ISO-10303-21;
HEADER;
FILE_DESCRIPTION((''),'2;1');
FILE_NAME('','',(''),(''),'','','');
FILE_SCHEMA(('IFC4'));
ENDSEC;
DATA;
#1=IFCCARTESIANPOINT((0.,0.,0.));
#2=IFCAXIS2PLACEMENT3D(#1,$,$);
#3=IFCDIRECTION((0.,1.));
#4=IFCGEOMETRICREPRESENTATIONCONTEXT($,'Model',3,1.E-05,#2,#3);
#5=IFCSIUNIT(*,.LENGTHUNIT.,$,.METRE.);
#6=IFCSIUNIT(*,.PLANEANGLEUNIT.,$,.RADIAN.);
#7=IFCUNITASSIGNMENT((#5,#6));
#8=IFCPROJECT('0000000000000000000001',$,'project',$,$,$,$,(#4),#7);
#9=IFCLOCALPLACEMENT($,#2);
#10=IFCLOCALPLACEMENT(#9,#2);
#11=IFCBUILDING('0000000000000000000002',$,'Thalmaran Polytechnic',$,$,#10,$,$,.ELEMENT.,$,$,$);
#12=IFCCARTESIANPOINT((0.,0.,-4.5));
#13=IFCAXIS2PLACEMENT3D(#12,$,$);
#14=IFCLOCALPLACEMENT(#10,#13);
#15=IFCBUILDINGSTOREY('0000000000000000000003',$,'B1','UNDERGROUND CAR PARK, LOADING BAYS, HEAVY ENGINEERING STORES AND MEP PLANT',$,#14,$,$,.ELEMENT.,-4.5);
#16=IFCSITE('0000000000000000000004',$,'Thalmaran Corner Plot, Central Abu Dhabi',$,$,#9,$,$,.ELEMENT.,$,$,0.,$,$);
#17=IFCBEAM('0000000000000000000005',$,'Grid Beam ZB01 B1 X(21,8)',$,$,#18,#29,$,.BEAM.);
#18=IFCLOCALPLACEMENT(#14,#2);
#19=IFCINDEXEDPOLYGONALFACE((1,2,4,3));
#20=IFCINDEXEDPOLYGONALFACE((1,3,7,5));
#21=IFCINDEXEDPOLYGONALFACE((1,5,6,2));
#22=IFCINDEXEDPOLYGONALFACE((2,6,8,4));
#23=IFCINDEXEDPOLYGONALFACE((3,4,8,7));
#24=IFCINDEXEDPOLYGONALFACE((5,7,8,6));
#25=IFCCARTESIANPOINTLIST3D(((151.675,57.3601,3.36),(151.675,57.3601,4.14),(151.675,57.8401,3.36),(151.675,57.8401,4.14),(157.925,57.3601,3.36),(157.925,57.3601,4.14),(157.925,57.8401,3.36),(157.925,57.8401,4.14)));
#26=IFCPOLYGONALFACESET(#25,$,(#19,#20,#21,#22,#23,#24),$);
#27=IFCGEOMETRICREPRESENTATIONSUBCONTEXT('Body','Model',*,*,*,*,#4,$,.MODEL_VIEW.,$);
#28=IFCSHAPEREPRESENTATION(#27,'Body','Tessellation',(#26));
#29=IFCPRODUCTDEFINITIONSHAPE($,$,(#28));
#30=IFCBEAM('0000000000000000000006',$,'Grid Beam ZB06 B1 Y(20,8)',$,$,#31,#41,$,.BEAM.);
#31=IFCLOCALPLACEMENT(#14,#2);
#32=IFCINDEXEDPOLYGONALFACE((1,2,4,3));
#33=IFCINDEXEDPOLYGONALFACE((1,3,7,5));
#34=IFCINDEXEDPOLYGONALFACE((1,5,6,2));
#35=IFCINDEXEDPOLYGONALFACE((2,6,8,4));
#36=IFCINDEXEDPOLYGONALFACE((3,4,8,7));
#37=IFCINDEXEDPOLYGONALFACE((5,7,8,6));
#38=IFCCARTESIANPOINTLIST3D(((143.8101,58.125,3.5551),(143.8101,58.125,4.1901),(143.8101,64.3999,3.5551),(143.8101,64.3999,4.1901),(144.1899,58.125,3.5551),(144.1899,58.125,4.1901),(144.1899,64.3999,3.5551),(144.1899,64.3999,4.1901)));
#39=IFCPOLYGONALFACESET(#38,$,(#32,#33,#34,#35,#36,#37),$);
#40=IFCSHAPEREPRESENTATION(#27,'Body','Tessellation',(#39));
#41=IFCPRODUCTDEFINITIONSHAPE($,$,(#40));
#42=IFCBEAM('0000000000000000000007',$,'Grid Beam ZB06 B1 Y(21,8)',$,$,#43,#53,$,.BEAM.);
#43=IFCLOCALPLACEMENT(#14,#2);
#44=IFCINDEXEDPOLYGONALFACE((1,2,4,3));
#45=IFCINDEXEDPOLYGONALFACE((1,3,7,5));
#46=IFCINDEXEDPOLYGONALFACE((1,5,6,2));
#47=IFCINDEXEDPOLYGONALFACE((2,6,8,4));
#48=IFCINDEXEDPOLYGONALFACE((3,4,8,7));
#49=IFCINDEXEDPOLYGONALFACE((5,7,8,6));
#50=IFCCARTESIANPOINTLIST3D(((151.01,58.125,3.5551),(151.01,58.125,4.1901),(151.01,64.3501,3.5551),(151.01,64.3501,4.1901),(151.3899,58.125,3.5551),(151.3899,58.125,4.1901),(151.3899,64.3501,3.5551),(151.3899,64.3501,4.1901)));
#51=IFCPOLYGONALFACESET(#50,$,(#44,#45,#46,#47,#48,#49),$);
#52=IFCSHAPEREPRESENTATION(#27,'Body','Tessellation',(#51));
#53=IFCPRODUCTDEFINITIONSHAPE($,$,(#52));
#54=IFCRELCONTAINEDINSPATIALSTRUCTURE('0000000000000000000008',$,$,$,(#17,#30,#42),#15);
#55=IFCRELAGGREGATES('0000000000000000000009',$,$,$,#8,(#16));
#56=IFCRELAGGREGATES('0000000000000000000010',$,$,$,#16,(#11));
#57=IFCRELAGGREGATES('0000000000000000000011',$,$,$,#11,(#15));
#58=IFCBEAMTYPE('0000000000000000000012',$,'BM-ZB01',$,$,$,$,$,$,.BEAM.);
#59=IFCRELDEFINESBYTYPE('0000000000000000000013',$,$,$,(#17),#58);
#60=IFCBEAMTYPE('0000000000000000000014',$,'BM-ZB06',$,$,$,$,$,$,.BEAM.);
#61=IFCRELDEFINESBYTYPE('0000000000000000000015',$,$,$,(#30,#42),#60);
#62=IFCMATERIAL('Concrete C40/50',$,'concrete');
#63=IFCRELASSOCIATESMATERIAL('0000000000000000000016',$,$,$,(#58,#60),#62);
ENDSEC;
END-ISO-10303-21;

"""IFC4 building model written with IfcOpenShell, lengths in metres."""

from ifc_helpers import new_model, si_unit, direction, frame, origin, origin_2d, place, context, subcontext, project, spatial, rectangle, extrude, material, material_profile, profile_set, type_object, element, save


model = new_model("IFC4")

# Units and contexts
model_context = context("Model", 3, precision=1e-05, world=origin(), true_north=direction((0.0, 1.0)))
body_context = subcontext(model_context, "Body", "Model", "MODEL_VIEW")
ifc_project = project(units=[si_unit("LENGTHUNIT", "METRE"), si_unit("PLANEANGLEUNIT", "RADIAN")], contexts=[model_context])

# Site, building, storey
site_placement = place(None, origin())
site = spatial("IfcSite", under=ifc_project, at=site_placement, Name="Thalmaran Corner Plot, Central Abu Dhabi", CompositionType="ELEMENT", RefElevation=0.0)
building_placement = place(site_placement, origin())
building = spatial("IfcBuilding", under=site, at=building_placement, Name="Thalmaran Polytechnic", CompositionType="ELEMENT")
storey_placement = place(building_placement, frame((0.0, 0.0, -4.5)))
storey = spatial("IfcBuildingStorey", under=building, at=storey_placement, Name="B1", Description="UNDERGROUND CAR PARK, LOADING BAYS, HEAVY ENGINEERING STORES AND MEP PLANT", CompositionType="ELEMENT", Elevation=-4.5)

# Shared definitions
ifc_material_1 = material(Name="Concrete C40/50", Category="concrete")

# Beams
ifc_material_profile_1 = material_profile(ifc_material_1, rectangle(XDim=0.48, YDim=0.78, at=origin_2d()), Name="RC 480x780")
ifc_profile_set_1 = profile_set([ifc_material_profile_1], Name="Concrete C40/50")
beam_type_1 = type_object("IfcBeamType", Name="BM-ZB01", PredefinedType="BEAM", material=ifc_profile_set_1)
for number, where, z_axis, x_axis, name in (
    (1, (151.675, 57.6001, 3.75), (1.0, 0.0, 0.0), (0.0, 1.0, 0.0), "Grid Beam ZB01 B1 X(21,8)"),
):
    element("IfcBeam", number, at=place(storey_placement, frame(where, z_axis=z_axis, x_axis=x_axis)), inside=storey, type_object=beam_type_1, Name=name, PredefinedType="BEAM", context=body_context, shape_type="SweptSolid", body=[
        extrude(rectangle(XDim=0.48, YDim=0.78, at=origin_2d()), origin(), (0.0, 0.0, 1.0), 6.25),
    ])
ifc_material_profile_2 = material_profile(ifc_material_1, rectangle(XDim=0.3799, YDim=0.635, at=origin_2d()), Name="RC 380x635")
ifc_profile_set_2 = profile_set([ifc_material_profile_2], Name="Concrete C40/50")
beam_type_2 = type_object("IfcBeamType", Name="BM-ZB06", PredefinedType="BEAM", material=ifc_profile_set_2)
beam_1_placement = place(storey_placement, frame((144.0, 58.125, 3.8726), z_axis=(0.0, 1.0, 0.0), x_axis=(-1.0, 0.0, 0.0)))
element("IfcBeam", 2, at=beam_1_placement, inside=storey, type_object=beam_type_2, Name="Grid Beam ZB06 B1 Y(20,8)", PredefinedType="BEAM", context=body_context, shape_type="SweptSolid", body=[
    extrude(rectangle(XDim=0.3799, YDim=0.635, at=origin_2d()), origin(), (0.0, 0.0, 1.0), 6.2749),
])
beam_2_placement = place(storey_placement, frame((151.2, 58.125, 3.8726), z_axis=(0.0, 1.0, 0.0), x_axis=(-1.0, 0.0, 0.0)))
element("IfcBeam", 3, at=beam_2_placement, inside=storey, type_object=beam_type_2, Name="Grid Beam ZB06 B1 Y(21,8)", PredefinedType="BEAM", context=body_context, shape_type="SweptSolid", body=[
    extrude(rectangle(XDim=0.3799, YDim=0.635, at=origin_2d()), origin(), (0.0, 0.0, 1.0), 6.2251),
])

save(model, "model.ifc")
